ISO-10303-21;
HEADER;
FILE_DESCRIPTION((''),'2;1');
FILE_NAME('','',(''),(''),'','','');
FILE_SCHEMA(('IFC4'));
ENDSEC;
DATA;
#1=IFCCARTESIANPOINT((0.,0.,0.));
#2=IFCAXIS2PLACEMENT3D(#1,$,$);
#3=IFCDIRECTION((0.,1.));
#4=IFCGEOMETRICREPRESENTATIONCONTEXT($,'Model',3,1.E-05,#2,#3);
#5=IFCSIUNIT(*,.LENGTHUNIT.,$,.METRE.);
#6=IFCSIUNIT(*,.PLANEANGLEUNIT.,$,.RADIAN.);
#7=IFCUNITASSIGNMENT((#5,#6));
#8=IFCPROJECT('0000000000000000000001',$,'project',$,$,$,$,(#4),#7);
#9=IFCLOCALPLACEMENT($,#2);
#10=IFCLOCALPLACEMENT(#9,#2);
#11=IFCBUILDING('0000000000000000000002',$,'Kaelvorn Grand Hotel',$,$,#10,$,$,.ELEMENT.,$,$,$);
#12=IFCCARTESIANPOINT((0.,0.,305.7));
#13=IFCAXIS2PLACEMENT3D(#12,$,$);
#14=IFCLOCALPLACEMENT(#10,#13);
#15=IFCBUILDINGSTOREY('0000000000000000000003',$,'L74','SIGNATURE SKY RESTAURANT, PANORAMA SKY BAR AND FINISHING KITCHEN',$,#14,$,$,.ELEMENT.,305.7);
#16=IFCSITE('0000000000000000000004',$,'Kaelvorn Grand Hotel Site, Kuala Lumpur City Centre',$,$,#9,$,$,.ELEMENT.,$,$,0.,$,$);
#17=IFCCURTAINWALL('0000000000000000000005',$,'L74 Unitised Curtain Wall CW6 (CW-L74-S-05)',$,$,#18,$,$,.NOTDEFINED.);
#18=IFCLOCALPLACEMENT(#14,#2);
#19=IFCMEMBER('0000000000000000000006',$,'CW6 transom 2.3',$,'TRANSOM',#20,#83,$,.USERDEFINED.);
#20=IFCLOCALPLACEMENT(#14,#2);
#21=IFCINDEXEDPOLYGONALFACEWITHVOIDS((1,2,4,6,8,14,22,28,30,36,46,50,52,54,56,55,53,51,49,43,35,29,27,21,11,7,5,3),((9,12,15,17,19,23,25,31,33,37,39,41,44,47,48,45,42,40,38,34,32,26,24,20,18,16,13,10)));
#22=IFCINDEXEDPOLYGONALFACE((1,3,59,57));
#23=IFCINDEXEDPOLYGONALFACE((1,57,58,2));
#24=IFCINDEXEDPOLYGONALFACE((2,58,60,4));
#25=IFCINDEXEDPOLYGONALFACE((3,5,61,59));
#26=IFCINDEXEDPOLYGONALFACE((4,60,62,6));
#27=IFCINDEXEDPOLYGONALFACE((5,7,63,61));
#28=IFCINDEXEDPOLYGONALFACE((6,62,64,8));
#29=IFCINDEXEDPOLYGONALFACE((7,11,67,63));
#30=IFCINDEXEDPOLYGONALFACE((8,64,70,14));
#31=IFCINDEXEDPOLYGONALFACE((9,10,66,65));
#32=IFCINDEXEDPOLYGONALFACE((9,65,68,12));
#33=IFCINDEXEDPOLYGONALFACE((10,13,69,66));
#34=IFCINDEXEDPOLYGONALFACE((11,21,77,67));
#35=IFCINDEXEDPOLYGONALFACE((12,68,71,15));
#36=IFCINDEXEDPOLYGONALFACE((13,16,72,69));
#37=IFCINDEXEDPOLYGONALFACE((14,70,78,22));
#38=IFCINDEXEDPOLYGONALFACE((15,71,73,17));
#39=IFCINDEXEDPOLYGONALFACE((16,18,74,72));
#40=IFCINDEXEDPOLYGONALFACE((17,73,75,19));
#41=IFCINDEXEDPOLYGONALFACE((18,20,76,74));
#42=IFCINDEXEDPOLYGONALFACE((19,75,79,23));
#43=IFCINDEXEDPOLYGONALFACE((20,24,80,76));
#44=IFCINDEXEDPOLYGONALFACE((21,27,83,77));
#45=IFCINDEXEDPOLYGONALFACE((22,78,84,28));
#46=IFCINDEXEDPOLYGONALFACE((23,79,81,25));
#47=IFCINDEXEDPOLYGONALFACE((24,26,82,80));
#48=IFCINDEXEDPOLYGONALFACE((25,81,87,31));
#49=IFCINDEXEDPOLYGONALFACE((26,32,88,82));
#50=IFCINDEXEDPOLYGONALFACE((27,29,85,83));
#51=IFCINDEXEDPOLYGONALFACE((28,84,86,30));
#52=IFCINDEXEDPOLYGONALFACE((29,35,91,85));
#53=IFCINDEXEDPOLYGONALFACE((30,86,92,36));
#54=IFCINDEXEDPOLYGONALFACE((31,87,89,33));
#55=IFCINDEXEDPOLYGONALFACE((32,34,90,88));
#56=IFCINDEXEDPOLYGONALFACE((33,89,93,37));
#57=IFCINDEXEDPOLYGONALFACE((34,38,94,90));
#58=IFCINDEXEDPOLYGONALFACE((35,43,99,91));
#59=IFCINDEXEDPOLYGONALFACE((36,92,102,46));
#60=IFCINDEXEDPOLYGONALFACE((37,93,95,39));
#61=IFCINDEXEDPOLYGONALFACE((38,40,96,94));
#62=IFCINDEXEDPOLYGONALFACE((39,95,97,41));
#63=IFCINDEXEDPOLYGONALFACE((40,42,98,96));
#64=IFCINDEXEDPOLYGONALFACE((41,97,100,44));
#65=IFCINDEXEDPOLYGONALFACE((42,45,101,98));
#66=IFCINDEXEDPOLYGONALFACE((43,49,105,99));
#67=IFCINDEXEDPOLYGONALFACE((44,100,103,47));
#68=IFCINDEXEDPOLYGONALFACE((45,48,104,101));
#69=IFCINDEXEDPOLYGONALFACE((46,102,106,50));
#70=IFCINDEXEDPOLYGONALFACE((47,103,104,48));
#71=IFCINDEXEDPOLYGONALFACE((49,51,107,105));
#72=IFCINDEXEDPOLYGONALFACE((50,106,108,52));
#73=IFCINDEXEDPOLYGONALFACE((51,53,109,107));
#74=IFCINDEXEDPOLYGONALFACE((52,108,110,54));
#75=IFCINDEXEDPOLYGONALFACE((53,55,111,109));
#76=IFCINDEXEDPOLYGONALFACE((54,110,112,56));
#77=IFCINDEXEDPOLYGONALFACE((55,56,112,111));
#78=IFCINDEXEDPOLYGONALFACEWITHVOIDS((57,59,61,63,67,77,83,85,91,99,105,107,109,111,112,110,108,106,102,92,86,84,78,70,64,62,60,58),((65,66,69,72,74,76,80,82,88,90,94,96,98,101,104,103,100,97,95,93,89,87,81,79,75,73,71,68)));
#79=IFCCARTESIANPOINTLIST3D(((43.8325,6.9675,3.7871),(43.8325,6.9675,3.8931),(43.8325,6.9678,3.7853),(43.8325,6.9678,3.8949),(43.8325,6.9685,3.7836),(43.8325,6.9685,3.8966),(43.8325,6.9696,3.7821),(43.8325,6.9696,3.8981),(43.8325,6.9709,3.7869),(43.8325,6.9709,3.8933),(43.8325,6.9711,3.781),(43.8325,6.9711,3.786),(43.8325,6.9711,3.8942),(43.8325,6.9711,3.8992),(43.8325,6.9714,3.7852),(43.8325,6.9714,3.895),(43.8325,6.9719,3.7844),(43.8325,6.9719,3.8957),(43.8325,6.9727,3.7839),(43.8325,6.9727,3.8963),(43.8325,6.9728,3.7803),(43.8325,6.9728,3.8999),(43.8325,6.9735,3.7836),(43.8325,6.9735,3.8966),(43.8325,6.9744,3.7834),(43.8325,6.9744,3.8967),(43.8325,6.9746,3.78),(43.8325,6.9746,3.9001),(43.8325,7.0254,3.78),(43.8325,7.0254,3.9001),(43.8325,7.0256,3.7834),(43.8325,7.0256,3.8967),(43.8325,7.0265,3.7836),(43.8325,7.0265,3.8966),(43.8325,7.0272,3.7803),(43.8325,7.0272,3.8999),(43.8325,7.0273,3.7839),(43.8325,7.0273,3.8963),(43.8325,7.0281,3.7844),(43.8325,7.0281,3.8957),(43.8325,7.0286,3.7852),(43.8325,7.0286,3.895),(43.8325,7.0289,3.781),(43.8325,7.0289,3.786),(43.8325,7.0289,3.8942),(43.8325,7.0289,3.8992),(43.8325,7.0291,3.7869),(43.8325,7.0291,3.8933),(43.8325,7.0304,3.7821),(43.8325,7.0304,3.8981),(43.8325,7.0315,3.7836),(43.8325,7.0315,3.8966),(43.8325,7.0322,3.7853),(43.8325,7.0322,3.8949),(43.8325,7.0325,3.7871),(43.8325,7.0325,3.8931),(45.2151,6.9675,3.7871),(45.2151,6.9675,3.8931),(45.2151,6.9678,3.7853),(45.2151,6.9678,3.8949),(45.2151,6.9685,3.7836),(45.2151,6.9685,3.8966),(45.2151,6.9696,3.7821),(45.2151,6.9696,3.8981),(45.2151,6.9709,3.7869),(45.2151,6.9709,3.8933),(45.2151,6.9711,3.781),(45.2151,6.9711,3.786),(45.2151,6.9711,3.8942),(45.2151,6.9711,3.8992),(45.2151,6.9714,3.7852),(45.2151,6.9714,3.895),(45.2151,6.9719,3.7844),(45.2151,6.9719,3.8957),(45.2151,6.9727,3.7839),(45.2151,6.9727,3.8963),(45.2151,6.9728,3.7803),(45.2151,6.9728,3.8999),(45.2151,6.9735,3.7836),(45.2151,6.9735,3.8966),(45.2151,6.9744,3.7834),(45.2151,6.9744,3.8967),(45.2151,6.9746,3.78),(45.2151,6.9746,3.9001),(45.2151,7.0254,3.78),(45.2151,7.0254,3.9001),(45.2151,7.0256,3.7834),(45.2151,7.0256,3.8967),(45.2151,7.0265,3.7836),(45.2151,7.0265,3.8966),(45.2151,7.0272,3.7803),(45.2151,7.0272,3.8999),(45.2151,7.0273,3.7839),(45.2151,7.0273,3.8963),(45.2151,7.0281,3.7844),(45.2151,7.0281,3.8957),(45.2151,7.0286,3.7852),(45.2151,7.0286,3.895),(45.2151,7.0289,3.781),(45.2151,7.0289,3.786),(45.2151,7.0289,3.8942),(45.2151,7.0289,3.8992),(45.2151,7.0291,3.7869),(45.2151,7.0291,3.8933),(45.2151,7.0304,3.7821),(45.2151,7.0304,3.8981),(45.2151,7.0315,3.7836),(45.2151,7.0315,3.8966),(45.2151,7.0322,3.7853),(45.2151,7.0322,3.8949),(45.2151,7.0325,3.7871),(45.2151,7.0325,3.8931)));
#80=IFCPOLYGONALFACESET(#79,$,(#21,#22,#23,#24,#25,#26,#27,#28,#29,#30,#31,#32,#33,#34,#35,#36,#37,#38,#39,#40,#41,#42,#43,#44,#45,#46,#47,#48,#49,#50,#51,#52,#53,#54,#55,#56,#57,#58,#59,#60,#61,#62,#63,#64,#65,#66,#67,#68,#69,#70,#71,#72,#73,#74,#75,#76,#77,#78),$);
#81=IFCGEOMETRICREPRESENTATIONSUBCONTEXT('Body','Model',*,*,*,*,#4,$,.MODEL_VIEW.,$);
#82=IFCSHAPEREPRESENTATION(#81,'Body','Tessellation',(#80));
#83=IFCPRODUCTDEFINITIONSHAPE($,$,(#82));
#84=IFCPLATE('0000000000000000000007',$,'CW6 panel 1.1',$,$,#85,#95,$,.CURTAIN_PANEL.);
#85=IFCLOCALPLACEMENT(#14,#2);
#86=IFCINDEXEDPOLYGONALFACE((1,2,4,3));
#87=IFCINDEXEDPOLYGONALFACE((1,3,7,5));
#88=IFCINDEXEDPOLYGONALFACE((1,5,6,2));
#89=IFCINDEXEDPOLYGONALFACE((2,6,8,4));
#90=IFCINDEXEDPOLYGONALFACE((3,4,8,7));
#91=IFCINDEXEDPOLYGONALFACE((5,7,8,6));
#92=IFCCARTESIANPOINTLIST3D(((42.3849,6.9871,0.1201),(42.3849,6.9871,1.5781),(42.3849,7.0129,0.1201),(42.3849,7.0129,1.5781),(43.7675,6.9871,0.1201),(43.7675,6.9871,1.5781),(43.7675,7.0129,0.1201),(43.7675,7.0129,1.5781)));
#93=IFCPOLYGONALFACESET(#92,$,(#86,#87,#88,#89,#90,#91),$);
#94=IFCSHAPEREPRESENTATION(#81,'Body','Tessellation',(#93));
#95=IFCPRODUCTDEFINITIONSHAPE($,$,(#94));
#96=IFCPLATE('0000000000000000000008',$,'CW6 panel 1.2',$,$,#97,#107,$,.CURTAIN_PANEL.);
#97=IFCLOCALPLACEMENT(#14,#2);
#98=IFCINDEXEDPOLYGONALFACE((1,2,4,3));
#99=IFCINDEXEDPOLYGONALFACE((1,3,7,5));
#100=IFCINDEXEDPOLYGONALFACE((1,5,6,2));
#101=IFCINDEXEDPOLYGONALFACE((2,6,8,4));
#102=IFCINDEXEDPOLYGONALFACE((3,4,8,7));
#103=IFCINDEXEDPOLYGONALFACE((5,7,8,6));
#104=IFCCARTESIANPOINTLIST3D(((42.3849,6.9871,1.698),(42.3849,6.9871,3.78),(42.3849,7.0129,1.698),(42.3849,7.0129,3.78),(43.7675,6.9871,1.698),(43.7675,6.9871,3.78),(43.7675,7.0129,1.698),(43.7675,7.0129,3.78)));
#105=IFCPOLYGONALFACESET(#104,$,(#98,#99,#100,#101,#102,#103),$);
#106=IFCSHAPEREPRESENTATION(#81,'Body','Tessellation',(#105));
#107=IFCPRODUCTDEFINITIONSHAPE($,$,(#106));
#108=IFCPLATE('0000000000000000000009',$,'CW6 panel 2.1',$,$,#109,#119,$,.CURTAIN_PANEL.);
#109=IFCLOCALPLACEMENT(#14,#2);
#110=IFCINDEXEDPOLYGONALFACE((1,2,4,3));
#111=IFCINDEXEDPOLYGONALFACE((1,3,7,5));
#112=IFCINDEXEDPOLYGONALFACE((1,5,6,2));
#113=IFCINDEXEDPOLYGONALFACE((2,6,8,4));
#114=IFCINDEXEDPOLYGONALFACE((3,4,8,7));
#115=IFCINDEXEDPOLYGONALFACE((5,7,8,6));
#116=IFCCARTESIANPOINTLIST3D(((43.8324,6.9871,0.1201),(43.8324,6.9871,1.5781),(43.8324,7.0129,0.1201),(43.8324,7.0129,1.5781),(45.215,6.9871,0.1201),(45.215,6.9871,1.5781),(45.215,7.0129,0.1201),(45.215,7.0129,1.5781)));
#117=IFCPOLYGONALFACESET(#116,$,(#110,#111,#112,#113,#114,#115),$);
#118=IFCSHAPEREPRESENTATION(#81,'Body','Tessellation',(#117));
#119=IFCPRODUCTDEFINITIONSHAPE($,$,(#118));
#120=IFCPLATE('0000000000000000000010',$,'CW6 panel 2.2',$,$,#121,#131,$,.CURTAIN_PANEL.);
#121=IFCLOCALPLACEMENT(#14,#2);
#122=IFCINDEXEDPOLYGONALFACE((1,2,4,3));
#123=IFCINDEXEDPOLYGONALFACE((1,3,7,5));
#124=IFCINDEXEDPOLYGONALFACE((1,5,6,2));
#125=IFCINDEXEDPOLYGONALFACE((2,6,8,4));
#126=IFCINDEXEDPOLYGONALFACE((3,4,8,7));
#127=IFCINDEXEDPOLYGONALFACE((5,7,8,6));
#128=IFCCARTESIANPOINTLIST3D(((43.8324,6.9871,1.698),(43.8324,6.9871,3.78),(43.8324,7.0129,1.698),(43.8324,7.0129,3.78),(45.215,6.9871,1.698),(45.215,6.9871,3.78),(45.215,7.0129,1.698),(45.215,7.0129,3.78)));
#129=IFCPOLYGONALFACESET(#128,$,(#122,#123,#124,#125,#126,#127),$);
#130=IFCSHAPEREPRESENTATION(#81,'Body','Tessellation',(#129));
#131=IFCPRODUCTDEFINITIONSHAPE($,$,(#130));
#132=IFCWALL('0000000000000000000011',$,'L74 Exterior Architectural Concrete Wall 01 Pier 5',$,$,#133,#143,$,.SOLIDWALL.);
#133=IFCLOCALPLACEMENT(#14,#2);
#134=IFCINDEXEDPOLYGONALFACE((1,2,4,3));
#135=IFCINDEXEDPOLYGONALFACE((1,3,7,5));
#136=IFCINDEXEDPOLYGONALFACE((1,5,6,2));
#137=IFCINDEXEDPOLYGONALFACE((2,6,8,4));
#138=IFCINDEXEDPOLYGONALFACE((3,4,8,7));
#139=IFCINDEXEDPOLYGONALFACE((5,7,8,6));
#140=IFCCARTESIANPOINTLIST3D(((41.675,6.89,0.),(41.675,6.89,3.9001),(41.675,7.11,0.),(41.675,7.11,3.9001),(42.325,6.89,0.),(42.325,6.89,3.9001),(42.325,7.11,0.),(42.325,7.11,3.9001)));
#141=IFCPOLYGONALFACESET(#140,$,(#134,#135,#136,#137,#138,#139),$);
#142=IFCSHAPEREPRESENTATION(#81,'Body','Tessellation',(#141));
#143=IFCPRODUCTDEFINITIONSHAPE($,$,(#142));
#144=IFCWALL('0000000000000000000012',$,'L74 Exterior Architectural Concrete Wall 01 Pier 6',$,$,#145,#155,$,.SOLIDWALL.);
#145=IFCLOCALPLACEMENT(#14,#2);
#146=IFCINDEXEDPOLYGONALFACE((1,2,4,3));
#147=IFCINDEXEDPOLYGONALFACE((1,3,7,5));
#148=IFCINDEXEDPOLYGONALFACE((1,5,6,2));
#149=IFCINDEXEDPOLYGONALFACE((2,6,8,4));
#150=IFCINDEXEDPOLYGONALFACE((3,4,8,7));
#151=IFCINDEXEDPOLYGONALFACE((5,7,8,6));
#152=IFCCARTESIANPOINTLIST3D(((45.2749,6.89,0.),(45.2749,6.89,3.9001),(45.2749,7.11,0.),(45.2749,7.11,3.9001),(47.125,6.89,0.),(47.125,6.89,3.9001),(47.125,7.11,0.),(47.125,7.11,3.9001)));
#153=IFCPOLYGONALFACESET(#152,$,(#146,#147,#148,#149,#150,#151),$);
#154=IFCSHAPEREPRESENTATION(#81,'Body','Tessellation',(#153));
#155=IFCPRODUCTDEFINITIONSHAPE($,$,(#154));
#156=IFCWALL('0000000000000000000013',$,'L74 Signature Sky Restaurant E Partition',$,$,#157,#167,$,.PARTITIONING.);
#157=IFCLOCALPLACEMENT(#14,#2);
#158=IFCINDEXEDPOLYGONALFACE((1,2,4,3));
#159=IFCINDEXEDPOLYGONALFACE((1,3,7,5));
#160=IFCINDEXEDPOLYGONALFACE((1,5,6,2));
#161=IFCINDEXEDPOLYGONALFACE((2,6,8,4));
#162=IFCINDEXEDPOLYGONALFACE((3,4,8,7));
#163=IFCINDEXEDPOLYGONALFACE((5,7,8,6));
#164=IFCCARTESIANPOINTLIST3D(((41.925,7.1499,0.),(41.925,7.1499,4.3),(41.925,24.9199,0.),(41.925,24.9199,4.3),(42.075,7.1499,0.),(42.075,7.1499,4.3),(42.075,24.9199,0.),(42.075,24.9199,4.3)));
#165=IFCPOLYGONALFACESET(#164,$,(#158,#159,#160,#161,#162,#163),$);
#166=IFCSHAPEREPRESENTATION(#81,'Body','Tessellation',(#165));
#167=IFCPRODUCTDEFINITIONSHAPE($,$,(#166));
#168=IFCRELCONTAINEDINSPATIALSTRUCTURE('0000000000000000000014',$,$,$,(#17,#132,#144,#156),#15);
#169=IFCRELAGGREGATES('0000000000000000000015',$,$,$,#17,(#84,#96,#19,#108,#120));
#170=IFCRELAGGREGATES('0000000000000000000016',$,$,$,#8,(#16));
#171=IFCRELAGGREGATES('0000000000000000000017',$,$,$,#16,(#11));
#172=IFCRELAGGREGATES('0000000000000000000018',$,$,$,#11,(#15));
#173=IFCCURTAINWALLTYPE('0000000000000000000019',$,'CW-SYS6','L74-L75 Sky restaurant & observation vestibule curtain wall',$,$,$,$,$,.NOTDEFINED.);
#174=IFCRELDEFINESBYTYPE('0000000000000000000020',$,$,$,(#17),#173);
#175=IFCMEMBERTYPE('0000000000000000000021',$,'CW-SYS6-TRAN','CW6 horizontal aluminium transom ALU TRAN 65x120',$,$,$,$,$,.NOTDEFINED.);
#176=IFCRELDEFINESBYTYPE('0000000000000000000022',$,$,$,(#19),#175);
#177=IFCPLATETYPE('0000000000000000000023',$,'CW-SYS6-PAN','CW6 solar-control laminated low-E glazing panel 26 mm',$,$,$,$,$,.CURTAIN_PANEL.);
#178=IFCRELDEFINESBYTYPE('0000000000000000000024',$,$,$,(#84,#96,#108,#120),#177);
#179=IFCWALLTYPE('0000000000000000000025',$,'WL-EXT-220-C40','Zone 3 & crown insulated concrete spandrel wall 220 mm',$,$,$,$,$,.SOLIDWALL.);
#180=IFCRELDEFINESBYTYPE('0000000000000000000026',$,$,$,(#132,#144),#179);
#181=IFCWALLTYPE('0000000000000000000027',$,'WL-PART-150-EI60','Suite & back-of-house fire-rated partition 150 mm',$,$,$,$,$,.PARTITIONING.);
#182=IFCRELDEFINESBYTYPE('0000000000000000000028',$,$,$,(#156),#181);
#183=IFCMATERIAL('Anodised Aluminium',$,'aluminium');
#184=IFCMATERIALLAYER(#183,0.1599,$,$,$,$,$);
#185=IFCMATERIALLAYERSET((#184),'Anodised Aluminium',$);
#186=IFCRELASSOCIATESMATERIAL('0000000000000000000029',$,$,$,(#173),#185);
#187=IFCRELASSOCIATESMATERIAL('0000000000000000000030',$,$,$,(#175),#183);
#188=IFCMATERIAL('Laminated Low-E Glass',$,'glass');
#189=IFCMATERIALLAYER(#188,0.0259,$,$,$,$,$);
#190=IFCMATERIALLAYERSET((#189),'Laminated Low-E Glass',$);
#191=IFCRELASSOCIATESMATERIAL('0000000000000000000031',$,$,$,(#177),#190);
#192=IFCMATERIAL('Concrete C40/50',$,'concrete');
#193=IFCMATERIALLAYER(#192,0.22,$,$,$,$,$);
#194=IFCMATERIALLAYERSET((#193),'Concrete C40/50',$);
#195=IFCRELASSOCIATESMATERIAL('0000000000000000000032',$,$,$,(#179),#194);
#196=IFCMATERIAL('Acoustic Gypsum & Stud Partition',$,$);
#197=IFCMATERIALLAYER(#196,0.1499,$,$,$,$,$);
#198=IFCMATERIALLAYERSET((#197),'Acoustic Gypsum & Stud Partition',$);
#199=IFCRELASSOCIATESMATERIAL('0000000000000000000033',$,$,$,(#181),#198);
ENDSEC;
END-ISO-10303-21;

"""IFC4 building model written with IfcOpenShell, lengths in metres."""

from ifc_helpers import new_model, si_unit, direction, frame, frame_2d, origin, origin_2d, place, context, subcontext, project, spatial, rectangle, hollow_rectangle, extrude, material, layer, layer_set, material_profile, profile_set, type_object, element, aggregate, save


model = new_model("IFC4")

# Units and contexts
model_context = context("Model", 3, precision=1e-05, world=origin(), true_north=direction((0.0, 1.0)))
body_context = subcontext(model_context, "Body", "Model", "MODEL_VIEW")
ifc_project = project(units=[si_unit("LENGTHUNIT", "METRE"), si_unit("PLANEANGLEUNIT", "RADIAN")], contexts=[model_context])

# Site, building, storey
site_placement = place(None, origin())
site = spatial("IfcSite", under=ifc_project, at=site_placement, Name="Kaelvorn Grand Hotel Site, Kuala Lumpur City Centre", CompositionType="ELEMENT", RefElevation=0.0)
building_placement = place(site_placement, origin())
building = spatial("IfcBuilding", under=site, at=building_placement, Name="Kaelvorn Grand Hotel", CompositionType="ELEMENT")
storey_placement = place(building_placement, frame((0.0, 0.0, 305.7)))
storey = spatial("IfcBuildingStorey", under=building, at=storey_placement, Name="L74", Description="SIGNATURE SKY RESTAURANT, PANORAMA SKY BAR AND FINISHING KITCHEN", CompositionType="ELEMENT", Elevation=305.7)

# Curtain wall, member, plates
ifc_material_1 = material(Name="Anodised Aluminium", Category="aluminium")
ifc_layer_1 = layer(ifc_material_1, 0.1599)
ifc_layer_set_1 = layer_set([ifc_layer_1], Name="Anodised Aluminium")
curtain_wall_type = type_object("IfcCurtainWallType", Name="CW-SYS6", Description="L74-L75 Sky restaurant & observation vestibule curtain wall", PredefinedType="NOTDEFINED", material=ifc_layer_set_1)
curtain_wall_placement = place(storey_placement, origin())
curtain_wall = element("IfcCurtainWall", 1, at=curtain_wall_placement, inside=storey, type_object=curtain_wall_type, Name="L74 Unitised Curtain Wall CW6 (CW-L74-S-05)", PredefinedType="NOTDEFINED")
ifc_material_profile_1 = material_profile(ifc_material_1, hollow_rectangle(XDim=0.0649, YDim=0.1201, WallThickness=0.0034, InnerFilletRadius=0.0034, OuterFilletRadius=0.0071, at=origin_2d()), Name="ALU TRAN 65x120")
ifc_profile_set_1 = profile_set([ifc_material_profile_1], Name="Anodised Aluminium")
member_type_1 = type_object("IfcMemberType", Name="CW-SYS6-TRAN", Description="CW6 horizontal aluminium transom ALU TRAN 65x120", PredefinedType="NOTDEFINED", material=ifc_profile_set_1)
member_1_placement = place(storey_placement, frame((43.8325, 7.0, 3.8401), z_axis=(1.0, 0.0, 0.0), x_axis=(0.0, 1.0, 0.0)))
member_1 = element("IfcMember", 2, at=member_1_placement, type_object=member_type_1, Name="CW6 transom 2.3", ObjectType="TRANSOM", PredefinedType="USERDEFINED", context=body_context, shape_type="SweptSolid", body=[
    extrude(hollow_rectangle(XDim=0.0649, YDim=0.1201, WallThickness=0.0034, InnerFilletRadius=0.0034, OuterFilletRadius=0.0071, at=origin_2d()), origin(), (0.0, 0.0, 1.0), 1.3826),
])
ifc_material_2 = material(Name="Laminated Low-E Glass", Category="glass")
ifc_layer_2 = layer(ifc_material_2, 0.0259)
ifc_layer_set_2 = layer_set([ifc_layer_2], Name="Laminated Low-E Glass")
plate_type = type_object("IfcPlateType", Name="CW-SYS6-PAN", Description="CW6 solar-control laminated low-E glazing panel 26 mm", PredefinedType="CURTAIN_PANEL", material=ifc_layer_set_2)
plate_1_placement = place(storey_placement, frame((43.0762, 7.0, 0.1201), z_axis=(0.0, 0.0, 1.0), x_axis=(1.0, 0.0, 0.0)))
plate_1 = element("IfcPlate", 3, at=plate_1_placement, type_object=plate_type, Name="CW6 panel 1.1", PredefinedType="CURTAIN_PANEL", context=body_context, shape_type="SweptSolid", body=[
    extrude(rectangle(XDim=1.3826, YDim=0.0259, at=origin_2d()), origin(), (0.0, 0.0, 1.0), 1.458),
])
plate_2_placement = place(storey_placement, frame((43.0762, 7.0, 1.698), z_axis=(0.0, 0.0, 1.0), x_axis=(1.0, 0.0, 0.0)))
plate_2 = element("IfcPlate", 4, at=plate_2_placement, type_object=plate_type, Name="CW6 panel 1.2", PredefinedType="CURTAIN_PANEL", context=body_context, shape_type="SweptSolid", body=[
    extrude(rectangle(XDim=1.3826, YDim=0.0259, at=origin_2d()), origin(), (0.0, 0.0, 1.0), 2.082),
])
plate_3_placement = place(storey_placement, frame((44.5237, 7.0, 0.1201), z_axis=(0.0, 0.0, 1.0), x_axis=(1.0, 0.0, 0.0)))
plate_3 = element("IfcPlate", 5, at=plate_3_placement, type_object=plate_type, Name="CW6 panel 2.1", PredefinedType="CURTAIN_PANEL", context=body_context, shape_type="SweptSolid", body=[
    extrude(rectangle(XDim=1.3826, YDim=0.0259, at=origin_2d()), origin(), (0.0, 0.0, 1.0), 1.458),
])
plate_4_placement = place(storey_placement, frame((44.5237, 7.0, 1.698), z_axis=(0.0, 0.0, 1.0), x_axis=(1.0, 0.0, 0.0)))
plate_4 = element("IfcPlate", 6, at=plate_4_placement, type_object=plate_type, Name="CW6 panel 2.2", PredefinedType="CURTAIN_PANEL", context=body_context, shape_type="SweptSolid", body=[
    extrude(rectangle(XDim=1.3826, YDim=0.0259, at=origin_2d()), origin(), (0.0, 0.0, 1.0), 2.082),
])
aggregate(curtain_wall, [plate_1, plate_2, member_1, plate_3, plate_4])

# Walls
ifc_material_3 = material(Name="Concrete C40/50", Category="concrete")
ifc_layer_3 = layer(ifc_material_3, 0.22)
ifc_layer_set_3 = layer_set([ifc_layer_3], Name="Concrete C40/50")
wall_type_1 = type_object("IfcWallType", Name="WL-EXT-220-C40", Description="Zone 3 & crown insulated concrete spandrel wall 220 mm", PredefinedType="SOLIDWALL", material=ifc_layer_set_3)
wall_1_placement = place(storey_placement, frame((41.675, 7.0, 0.0), z_axis=(0.0, 0.0, 1.0), x_axis=(1.0, 0.0, 0.0)))
element("IfcWall", 7, at=wall_1_placement, inside=storey, type_object=wall_type_1, Name="L74 Exterior Architectural Concrete Wall 01 Pier 5", PredefinedType="SOLIDWALL", context=body_context, shape_type="SweptSolid", body=[
    extrude(rectangle(XDim=0.6499, YDim=0.22, at=frame_2d((0.325, 0.0))), origin(), (0.0, 0.0, 1.0), 3.9001),
])
wall_2_placement = place(storey_placement, frame((45.2749, 7.0, 0.0), z_axis=(0.0, 0.0, 1.0), x_axis=(1.0, 0.0, 0.0)))
element("IfcWall", 8, at=wall_2_placement, inside=storey, type_object=wall_type_1, Name="L74 Exterior Architectural Concrete Wall 01 Pier 6", PredefinedType="SOLIDWALL", context=body_context, shape_type="SweptSolid", body=[
    extrude(rectangle(XDim=1.8501, YDim=0.22, at=frame_2d((0.925, 0.0))), origin(), (0.0, 0.0, 1.0), 3.9001),
])
ifc_material_4 = material(Name="Acoustic Gypsum & Stud Partition")
ifc_layer_4 = layer(ifc_material_4, 0.1499)
ifc_layer_set_4 = layer_set([ifc_layer_4], Name="Acoustic Gypsum & Stud Partition")
wall_type_2 = type_object("IfcWallType", Name="WL-PART-150-EI60", Description="Suite & back-of-house fire-rated partition 150 mm", PredefinedType="PARTITIONING", material=ifc_layer_set_4)
wall_3_placement = place(storey_placement, frame((42.0, 7.1499, 0.0), z_axis=(0.0, 0.0, 1.0), x_axis=(0.0, 1.0, 0.0)))
element("IfcWall", 9, at=wall_3_placement, inside=storey, type_object=wall_type_2, Name="L74 Signature Sky Restaurant E Partition", PredefinedType="PARTITIONING", context=body_context, shape_type="SweptSolid", body=[
    extrude(rectangle(XDim=17.77, YDim=0.1499, at=frame_2d((8.885, 0.0))), origin(), (0.0, 0.0, 1.0), 4.3),
])

save(model, "model.ifc")
